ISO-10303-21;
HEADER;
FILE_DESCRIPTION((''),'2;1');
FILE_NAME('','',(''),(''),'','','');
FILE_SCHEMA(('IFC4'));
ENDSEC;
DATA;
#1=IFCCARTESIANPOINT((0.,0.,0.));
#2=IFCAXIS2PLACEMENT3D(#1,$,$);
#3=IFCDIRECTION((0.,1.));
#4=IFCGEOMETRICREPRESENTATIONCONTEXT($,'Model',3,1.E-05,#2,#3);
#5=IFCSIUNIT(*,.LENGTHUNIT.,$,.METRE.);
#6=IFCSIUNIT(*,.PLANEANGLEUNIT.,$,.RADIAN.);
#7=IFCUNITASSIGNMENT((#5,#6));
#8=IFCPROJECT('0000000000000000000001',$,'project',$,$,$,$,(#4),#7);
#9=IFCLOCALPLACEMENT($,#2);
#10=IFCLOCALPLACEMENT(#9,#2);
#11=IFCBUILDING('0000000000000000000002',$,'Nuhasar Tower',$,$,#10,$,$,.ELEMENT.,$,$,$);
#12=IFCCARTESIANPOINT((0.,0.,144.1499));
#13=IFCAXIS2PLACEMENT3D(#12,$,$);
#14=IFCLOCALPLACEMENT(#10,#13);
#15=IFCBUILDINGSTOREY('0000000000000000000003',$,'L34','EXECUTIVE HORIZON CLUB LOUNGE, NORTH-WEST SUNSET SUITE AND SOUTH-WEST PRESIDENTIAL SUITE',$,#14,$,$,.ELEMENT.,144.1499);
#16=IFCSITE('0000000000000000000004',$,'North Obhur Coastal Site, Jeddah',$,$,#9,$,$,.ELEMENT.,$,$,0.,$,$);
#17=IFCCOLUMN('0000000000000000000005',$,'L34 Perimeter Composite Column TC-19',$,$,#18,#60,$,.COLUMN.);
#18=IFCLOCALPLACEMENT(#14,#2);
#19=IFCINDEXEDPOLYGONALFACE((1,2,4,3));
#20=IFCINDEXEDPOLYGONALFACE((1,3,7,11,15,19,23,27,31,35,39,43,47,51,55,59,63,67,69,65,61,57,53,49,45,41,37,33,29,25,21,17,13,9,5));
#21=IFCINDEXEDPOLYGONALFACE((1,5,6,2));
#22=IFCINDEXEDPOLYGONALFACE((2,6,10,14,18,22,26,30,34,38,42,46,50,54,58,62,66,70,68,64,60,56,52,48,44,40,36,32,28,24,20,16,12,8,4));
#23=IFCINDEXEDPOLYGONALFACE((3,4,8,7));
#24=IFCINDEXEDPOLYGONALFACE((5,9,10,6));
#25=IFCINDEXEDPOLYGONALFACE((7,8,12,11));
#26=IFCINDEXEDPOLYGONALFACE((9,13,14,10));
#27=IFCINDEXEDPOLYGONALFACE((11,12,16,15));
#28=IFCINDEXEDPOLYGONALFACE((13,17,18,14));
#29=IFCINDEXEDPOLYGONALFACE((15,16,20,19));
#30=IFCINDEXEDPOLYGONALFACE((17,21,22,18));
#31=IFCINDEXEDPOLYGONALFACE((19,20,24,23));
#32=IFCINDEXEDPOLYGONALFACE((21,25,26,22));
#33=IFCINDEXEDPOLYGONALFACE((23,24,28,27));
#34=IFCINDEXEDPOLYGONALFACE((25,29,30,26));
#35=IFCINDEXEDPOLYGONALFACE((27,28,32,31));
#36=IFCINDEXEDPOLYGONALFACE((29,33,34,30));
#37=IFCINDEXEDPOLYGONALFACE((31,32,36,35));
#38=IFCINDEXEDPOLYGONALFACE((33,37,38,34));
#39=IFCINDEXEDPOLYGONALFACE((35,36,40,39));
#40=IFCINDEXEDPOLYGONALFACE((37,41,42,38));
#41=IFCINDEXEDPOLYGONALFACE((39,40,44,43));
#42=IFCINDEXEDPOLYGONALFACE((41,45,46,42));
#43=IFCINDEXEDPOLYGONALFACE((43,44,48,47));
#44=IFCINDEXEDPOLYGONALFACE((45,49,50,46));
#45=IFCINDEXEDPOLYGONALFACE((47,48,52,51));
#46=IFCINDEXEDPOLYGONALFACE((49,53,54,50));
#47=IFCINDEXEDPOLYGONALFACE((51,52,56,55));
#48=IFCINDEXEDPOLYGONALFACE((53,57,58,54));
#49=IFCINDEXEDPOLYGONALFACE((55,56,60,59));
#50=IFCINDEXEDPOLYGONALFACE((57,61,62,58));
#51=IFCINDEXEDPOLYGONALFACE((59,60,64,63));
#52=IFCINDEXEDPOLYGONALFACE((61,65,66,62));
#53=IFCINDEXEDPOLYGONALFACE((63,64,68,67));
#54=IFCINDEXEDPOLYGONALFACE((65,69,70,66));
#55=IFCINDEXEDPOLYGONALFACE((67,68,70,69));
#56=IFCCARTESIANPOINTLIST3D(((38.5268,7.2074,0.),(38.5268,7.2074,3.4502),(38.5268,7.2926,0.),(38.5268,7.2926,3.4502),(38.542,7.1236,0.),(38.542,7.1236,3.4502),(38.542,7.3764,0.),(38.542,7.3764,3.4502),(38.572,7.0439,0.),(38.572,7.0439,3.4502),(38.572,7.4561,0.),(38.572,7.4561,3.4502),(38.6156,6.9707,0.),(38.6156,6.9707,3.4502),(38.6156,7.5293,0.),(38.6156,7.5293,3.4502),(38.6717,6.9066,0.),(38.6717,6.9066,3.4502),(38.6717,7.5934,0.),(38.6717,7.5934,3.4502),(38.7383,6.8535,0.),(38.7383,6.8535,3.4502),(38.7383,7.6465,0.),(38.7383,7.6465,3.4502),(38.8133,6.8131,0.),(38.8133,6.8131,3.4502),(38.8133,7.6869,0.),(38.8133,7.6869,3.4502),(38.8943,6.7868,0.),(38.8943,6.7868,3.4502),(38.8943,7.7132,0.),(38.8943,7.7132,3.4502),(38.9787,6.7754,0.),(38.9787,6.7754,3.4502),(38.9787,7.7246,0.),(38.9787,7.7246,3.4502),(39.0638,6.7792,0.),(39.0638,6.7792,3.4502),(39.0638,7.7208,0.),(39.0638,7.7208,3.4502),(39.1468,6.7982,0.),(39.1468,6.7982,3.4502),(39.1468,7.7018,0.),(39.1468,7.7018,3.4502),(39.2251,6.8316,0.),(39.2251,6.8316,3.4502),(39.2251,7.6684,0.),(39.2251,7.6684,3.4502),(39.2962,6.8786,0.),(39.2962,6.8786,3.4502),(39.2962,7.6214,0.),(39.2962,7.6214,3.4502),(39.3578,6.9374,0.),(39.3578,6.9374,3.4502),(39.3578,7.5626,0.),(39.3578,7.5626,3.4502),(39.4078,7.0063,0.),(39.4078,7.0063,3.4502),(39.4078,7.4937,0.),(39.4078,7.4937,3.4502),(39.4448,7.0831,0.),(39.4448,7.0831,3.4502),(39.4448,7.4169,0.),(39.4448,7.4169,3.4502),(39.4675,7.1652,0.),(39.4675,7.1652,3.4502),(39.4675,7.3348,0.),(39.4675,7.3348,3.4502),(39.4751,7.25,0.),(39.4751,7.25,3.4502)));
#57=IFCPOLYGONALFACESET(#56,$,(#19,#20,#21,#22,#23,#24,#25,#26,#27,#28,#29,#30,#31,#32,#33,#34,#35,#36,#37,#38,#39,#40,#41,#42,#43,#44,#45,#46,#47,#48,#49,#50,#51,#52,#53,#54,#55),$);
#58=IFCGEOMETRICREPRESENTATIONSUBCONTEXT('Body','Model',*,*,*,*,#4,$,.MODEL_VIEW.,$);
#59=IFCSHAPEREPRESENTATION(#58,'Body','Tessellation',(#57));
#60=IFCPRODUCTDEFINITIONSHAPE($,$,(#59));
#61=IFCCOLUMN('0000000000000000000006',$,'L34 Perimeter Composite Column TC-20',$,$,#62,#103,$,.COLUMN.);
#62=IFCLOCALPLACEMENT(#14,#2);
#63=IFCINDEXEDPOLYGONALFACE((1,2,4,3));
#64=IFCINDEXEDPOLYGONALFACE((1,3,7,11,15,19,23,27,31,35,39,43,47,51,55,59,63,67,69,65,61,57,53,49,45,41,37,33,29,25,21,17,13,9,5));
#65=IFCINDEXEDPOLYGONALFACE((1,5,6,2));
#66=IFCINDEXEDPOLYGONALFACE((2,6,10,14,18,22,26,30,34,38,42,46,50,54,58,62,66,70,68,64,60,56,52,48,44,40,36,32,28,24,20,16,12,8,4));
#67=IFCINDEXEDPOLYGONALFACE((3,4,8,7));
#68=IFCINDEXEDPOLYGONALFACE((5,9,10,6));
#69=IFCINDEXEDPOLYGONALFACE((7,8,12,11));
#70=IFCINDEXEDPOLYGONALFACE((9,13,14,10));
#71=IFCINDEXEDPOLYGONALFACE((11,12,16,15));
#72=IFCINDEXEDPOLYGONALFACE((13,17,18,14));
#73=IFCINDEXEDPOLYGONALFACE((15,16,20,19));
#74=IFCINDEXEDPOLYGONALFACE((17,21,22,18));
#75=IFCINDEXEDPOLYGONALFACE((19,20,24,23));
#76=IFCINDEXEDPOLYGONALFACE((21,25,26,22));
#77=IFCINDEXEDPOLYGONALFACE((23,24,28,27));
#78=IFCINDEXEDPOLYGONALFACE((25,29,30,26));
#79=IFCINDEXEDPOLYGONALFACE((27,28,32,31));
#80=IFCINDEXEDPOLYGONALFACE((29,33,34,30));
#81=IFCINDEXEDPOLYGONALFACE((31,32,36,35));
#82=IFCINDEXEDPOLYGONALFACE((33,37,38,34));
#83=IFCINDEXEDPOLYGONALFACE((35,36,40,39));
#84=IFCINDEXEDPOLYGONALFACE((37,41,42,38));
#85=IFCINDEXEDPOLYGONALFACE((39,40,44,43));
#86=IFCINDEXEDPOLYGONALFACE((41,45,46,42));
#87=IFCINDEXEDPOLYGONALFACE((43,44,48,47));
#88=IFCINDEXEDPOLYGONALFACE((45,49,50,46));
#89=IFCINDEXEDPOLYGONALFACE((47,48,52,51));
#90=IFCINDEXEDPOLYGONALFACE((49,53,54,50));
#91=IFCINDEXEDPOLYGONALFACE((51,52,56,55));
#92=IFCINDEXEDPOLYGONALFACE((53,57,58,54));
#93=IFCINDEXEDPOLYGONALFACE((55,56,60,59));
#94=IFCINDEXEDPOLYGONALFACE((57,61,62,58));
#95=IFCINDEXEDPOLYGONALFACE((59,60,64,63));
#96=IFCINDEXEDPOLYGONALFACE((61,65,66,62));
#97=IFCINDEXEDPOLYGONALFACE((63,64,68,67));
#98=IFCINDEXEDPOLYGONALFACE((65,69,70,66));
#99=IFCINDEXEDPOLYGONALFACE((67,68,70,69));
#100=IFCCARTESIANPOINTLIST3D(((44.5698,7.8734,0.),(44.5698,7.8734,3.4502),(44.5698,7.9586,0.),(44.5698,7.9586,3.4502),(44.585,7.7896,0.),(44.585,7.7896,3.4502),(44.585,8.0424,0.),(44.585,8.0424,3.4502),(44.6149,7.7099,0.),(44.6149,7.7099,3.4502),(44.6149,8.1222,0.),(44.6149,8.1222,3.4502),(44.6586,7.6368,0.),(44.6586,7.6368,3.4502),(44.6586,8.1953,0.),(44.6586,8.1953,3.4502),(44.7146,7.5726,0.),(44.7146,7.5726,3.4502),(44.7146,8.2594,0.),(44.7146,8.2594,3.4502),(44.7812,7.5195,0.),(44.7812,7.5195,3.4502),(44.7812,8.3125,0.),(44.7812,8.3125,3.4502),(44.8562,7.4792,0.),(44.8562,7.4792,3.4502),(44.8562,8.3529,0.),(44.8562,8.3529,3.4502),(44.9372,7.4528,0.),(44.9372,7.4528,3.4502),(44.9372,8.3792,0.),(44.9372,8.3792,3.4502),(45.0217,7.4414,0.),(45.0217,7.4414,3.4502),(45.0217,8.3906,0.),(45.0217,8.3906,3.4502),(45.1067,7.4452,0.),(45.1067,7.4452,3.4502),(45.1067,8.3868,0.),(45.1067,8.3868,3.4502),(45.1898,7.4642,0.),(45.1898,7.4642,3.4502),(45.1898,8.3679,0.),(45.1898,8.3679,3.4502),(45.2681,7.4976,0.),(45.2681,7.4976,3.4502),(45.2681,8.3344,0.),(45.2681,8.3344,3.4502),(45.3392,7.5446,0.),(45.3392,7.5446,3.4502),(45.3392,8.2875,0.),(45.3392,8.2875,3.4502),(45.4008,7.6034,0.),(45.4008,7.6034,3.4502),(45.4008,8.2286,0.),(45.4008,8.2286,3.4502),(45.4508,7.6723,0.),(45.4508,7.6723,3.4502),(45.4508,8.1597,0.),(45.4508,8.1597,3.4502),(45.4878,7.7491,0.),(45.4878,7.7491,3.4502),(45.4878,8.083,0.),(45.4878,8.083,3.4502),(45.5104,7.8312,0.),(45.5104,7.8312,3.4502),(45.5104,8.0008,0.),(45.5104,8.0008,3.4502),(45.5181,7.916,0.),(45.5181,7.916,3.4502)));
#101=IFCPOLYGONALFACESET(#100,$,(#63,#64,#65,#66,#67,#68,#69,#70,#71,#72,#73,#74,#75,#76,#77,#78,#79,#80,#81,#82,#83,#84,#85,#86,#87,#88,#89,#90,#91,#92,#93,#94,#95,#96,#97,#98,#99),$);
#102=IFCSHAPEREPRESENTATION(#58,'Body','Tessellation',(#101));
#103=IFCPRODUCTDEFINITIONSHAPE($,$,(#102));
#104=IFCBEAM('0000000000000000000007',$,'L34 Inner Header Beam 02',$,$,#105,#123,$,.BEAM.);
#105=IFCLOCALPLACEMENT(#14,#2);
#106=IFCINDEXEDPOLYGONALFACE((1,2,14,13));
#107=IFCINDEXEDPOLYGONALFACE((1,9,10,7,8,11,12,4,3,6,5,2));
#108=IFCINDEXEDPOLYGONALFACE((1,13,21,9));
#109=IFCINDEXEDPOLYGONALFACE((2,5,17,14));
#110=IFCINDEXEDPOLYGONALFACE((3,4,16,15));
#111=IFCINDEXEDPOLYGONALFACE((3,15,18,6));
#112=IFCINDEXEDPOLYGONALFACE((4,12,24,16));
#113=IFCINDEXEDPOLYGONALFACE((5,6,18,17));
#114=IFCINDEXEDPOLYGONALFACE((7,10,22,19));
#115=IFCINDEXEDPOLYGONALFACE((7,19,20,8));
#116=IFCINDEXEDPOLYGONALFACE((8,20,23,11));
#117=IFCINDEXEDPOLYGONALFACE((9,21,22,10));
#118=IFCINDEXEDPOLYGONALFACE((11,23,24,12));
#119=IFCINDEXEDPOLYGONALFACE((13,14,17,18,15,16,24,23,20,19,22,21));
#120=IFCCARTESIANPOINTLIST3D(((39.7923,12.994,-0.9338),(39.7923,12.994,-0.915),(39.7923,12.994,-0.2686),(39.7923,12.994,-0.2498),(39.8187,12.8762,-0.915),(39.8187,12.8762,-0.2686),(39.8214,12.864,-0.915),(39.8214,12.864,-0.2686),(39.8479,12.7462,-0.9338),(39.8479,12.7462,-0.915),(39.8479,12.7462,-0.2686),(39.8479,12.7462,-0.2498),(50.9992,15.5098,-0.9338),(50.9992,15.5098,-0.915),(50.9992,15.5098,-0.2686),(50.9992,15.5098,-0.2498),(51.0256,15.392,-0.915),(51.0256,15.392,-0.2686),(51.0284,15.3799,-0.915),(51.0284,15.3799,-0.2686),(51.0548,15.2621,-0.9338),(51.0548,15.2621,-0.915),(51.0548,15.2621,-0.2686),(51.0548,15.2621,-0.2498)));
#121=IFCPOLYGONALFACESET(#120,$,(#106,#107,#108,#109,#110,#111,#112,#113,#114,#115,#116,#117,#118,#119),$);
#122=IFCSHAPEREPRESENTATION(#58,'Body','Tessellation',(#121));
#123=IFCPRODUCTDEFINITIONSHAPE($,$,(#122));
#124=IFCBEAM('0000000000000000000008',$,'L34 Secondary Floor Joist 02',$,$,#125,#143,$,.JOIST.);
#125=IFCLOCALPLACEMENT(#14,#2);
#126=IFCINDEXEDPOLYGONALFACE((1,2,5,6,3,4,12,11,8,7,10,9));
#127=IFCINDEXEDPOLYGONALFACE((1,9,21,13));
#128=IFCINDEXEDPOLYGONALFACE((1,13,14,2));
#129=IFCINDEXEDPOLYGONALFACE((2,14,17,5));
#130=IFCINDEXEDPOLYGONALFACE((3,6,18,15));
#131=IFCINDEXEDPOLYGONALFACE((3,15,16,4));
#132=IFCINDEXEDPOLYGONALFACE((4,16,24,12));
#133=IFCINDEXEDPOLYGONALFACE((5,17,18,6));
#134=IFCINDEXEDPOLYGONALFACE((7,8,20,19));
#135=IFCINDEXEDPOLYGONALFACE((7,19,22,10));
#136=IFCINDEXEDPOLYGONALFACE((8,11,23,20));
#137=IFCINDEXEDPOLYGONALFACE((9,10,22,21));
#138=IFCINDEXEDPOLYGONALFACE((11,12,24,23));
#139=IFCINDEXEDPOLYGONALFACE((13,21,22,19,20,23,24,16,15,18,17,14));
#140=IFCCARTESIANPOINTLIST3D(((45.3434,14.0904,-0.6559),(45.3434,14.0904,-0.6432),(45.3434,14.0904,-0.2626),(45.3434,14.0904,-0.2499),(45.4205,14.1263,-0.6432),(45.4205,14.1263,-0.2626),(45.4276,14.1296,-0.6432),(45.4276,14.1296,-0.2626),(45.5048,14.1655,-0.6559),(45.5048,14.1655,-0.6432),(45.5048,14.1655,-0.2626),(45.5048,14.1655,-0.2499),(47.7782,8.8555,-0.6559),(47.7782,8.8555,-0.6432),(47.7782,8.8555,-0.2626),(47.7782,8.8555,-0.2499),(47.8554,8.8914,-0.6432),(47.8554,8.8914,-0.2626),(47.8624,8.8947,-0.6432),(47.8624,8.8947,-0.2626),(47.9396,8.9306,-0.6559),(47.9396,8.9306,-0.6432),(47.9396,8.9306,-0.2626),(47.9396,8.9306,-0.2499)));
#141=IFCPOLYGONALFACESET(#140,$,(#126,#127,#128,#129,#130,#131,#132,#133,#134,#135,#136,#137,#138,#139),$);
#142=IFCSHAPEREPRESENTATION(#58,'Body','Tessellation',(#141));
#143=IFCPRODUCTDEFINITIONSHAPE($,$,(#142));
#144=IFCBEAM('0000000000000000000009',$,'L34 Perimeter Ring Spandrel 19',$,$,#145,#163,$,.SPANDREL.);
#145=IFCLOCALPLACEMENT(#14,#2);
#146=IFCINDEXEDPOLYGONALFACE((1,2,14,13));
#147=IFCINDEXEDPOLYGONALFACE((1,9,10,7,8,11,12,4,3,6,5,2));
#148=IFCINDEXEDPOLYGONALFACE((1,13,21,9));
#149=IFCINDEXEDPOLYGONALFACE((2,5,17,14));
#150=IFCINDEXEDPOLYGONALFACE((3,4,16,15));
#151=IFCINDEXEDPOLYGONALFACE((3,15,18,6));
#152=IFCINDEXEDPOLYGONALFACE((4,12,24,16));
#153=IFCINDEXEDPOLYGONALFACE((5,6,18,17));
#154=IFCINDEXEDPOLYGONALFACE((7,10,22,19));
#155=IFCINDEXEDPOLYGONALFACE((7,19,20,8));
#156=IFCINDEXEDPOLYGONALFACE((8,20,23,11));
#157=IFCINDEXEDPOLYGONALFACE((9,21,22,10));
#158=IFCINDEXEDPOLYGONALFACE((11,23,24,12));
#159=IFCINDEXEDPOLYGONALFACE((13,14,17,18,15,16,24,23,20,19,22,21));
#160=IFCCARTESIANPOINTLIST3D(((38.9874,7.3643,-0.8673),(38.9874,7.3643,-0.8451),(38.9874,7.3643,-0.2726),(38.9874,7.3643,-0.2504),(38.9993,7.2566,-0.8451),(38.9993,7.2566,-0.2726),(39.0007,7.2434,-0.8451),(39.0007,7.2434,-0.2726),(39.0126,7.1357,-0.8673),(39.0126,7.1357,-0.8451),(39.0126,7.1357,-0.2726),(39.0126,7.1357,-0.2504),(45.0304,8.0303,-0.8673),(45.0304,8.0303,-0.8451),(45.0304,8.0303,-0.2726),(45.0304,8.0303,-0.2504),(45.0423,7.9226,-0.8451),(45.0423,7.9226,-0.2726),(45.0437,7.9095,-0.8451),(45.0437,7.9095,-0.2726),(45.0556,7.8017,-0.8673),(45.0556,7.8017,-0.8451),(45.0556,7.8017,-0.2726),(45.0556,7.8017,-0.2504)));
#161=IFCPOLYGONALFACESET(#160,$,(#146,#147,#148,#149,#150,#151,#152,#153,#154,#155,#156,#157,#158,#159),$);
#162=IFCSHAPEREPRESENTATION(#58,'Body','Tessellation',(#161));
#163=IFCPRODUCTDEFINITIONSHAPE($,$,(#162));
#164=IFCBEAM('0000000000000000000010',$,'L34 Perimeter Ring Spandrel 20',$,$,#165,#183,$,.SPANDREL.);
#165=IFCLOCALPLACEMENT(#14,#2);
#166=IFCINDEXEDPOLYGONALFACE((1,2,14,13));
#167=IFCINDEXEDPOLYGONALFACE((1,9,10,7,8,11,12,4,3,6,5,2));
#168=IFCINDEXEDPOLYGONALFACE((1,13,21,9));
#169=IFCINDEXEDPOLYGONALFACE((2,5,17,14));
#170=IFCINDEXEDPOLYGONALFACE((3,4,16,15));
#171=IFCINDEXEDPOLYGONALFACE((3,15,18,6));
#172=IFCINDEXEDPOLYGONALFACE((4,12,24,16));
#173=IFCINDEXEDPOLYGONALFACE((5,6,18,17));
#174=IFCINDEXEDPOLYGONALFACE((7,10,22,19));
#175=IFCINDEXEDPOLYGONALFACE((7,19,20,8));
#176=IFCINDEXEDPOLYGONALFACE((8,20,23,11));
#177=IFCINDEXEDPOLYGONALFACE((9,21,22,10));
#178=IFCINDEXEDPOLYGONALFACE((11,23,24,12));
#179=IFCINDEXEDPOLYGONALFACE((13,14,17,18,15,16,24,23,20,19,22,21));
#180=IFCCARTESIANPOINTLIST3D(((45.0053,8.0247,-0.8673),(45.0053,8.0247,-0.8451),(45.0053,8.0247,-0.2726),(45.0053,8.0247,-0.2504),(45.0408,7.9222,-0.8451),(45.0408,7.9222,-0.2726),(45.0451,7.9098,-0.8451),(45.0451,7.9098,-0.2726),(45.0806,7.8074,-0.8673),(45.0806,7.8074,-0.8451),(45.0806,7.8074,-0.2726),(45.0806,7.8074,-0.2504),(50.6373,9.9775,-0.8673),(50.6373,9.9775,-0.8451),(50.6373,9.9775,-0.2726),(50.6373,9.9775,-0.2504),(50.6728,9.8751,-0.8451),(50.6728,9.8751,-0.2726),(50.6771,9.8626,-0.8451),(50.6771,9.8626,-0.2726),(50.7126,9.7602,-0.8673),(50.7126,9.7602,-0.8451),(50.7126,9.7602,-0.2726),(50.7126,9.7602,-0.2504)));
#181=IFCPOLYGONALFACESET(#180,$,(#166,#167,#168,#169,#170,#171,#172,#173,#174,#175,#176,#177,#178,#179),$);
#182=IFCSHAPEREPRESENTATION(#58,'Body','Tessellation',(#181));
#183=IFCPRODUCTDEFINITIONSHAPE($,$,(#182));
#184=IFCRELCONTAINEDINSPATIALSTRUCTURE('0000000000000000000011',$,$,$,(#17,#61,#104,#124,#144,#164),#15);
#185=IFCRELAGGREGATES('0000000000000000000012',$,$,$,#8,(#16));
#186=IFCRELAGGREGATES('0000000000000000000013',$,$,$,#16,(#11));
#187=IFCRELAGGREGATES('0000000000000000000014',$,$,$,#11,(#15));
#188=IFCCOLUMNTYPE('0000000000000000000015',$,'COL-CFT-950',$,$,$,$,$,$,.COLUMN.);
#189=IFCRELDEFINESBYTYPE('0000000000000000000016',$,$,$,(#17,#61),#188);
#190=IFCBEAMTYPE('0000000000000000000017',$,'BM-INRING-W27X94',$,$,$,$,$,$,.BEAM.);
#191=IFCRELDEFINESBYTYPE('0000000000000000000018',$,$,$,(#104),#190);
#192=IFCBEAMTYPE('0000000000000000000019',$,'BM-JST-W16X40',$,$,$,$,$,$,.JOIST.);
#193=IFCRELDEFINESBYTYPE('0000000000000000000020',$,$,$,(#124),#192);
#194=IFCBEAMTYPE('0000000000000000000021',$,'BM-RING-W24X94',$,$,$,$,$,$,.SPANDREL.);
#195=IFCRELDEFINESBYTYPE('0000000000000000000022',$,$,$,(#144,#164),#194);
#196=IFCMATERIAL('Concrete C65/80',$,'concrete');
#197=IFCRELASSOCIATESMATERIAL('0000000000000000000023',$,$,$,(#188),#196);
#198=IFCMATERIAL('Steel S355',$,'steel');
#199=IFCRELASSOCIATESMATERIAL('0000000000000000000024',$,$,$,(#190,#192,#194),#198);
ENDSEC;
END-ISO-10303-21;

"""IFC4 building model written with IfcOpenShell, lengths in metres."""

from ifc_helpers import new_model, si_unit, direction, frame, origin, origin_2d, place, context, subcontext, project, spatial, circle, i_section, extrude, material, material_profile, profile_set, type_object, element, save


model = new_model("IFC4")

# Units and contexts
model_context = context("Model", 3, precision=1e-05, world=origin(), true_north=direction((0.0, 1.0)))
body_context = subcontext(model_context, "Body", "Model", "MODEL_VIEW")
ifc_project = project(units=[si_unit("LENGTHUNIT", "METRE"), si_unit("PLANEANGLEUNIT", "RADIAN")], contexts=[model_context])

# Site, building, storey
site_placement = place(None, origin())
site = spatial("IfcSite", under=ifc_project, at=site_placement, Name="North Obhur Coastal Site, Jeddah", CompositionType="ELEMENT", RefElevation=0.0)
building_placement = place(site_placement, origin())
building = spatial("IfcBuilding", under=site, at=building_placement, Name="Nuhasar Tower", CompositionType="ELEMENT")
storey_placement = place(building_placement, frame((0.0, 0.0, 144.1499)))
storey = spatial("IfcBuildingStorey", under=building, at=storey_placement, Name="L34", Description="EXECUTIVE HORIZON CLUB LOUNGE, NORTH-WEST SUNSET SUITE AND SOUTH-WEST PRESIDENTIAL SUITE", CompositionType="ELEMENT", Elevation=144.1499)

# Columns
ifc_material_1 = material(Name="Concrete C65/80", Category="concrete")
ifc_material_profile_1 = material_profile(ifc_material_1, circle(Radius=0.4751, at=origin_2d()), Name="CFT950")
ifc_profile_set_1 = profile_set([ifc_material_profile_1], Name="Concrete C65/80")
column_type = type_object("IfcColumnType", Name="COL-CFT-950", PredefinedType="COLUMN", material=ifc_profile_set_1)
for number, where, z_axis, x_axis, name in (
    (1, (39.0, 7.25, 0.0), (0.0, 0.0, 1.0), (1.0, 0.0, 0.0), "L34 Perimeter Composite Column TC-19"),
    (2, (45.043, 7.916, 0.0), (0.0, 0.0, 1.0), (1.0, 0.0, 0.0), "L34 Perimeter Composite Column TC-20"),
):
    element("IfcColumn", number, at=place(storey_placement, frame(where, z_axis=z_axis, x_axis=x_axis)), inside=storey, type_object=column_type, Name=name, PredefinedType="COLUMN", context=body_context, shape_type="SweptSolid", body=[
        extrude(circle(Radius=0.4751, at=origin_2d()), origin(), (0.0, 0.0, 1.0), 3.4502),
    ])

# Beams
ifc_material_2 = material(Name="Steel S355", Category="steel")
ifc_material_profile_2 = material_profile(ifc_material_2, i_section(OverallWidth=0.2539, OverallDepth=0.6841, WebThickness=0.0125, FlangeThickness=0.0188, at=origin_2d()), Name="W27X94")
ifc_profile_set_2 = profile_set([ifc_material_profile_2], Name="Steel S355")
beam_type_1 = type_object("IfcBeamType", Name="BM-INRING-W27X94", PredefinedType="BEAM", material=ifc_profile_set_2)
beam_1_placement = place(storey_placement, frame((39.8201, 12.8701, -0.5918), z_axis=(0.975716, 0.219039, 0.0), x_axis=(-0.219039, 0.975716, 0.0)))
element("IfcBeam", 3, at=beam_1_placement, inside=storey, type_object=beam_type_1, Name="L34 Inner Header Beam 02", PredefinedType="BEAM", context=body_context, shape_type="SweptSolid", body=[
    extrude(i_section(OverallWidth=0.2539, OverallDepth=0.6841, WebThickness=0.0125, FlangeThickness=0.0188, at=origin_2d()), origin(), (0.0, 0.0, 1.0), 11.4858),
])
ifc_material_profile_3 = material_profile(ifc_material_2, i_section(OverallWidth=0.178, OverallDepth=0.406, WebThickness=0.0078, FlangeThickness=0.0127, at=origin_2d()), Name="W16X40")
ifc_profile_set_3 = profile_set([ifc_material_profile_3], Name="Steel S355")
beam_type_2 = type_object("IfcBeamType", Name="BM-JST-W16X40", PredefinedType="JOIST", material=ifc_profile_set_3)
beam_2_placement = place(storey_placement, frame((45.4241, 14.1279, -0.4529), z_axis=(0.42173, -0.906721, 0.0), x_axis=(0.906721, 0.42173, 0.0)))
element("IfcBeam", 4, at=beam_2_placement, inside=storey, type_object=beam_type_2, Name="L34 Secondary Floor Joist 02", PredefinedType="JOIST", context=body_context, shape_type="SweptSolid", body=[
    extrude(i_section(OverallWidth=0.178, OverallDepth=0.406, WebThickness=0.0078, FlangeThickness=0.0127, at=origin_2d()), origin(), (0.0, 0.0, 1.0), 5.7734),
])
ifc_material_profile_4 = material_profile(ifc_material_2, i_section(OverallWidth=0.23, OverallDepth=0.6169, WebThickness=0.0132, FlangeThickness=0.0222, at=origin_2d()), Name="W24X94")
ifc_profile_set_4 = profile_set([ifc_material_profile_4], Name="Steel S355")
beam_type_3 = type_object("IfcBeamType", Name="BM-RING-W24X94", PredefinedType="SPANDREL", material=ifc_profile_set_4)
beam_3_placement = place(storey_placement, frame((39.0, 7.25, -0.5588), z_axis=(0.993981, 0.10955, 0.0), x_axis=(-0.10955, 0.993981, 0.0)))
element("IfcBeam", 5, at=beam_3_placement, inside=storey, type_object=beam_type_3, Name="L34 Perimeter Ring Spandrel 19", PredefinedType="SPANDREL", context=body_context, shape_type="SweptSolid", body=[
    extrude(i_section(OverallWidth=0.23, OverallDepth=0.6169, WebThickness=0.0132, FlangeThickness=0.0222, at=origin_2d()), origin(), (0.0, 0.0, 1.0), 6.0796),
])
beam_4_placement = place(storey_placement, frame((45.043, 7.916, -0.5588), z_axis=(0.944814, 0.327607, 0.0), x_axis=(-0.327607, 0.944814, 0.0)))
element("IfcBeam", 6, at=beam_4_placement, inside=storey, type_object=beam_type_3, Name="L34 Perimeter Ring Spandrel 20", PredefinedType="SPANDREL", context=body_context, shape_type="SweptSolid", body=[
    extrude(i_section(OverallWidth=0.23, OverallDepth=0.6169, WebThickness=0.0132, FlangeThickness=0.0222, at=origin_2d()), origin(), (0.0, 0.0, 1.0), 5.9609),
])

save(model, "model.ifc")
